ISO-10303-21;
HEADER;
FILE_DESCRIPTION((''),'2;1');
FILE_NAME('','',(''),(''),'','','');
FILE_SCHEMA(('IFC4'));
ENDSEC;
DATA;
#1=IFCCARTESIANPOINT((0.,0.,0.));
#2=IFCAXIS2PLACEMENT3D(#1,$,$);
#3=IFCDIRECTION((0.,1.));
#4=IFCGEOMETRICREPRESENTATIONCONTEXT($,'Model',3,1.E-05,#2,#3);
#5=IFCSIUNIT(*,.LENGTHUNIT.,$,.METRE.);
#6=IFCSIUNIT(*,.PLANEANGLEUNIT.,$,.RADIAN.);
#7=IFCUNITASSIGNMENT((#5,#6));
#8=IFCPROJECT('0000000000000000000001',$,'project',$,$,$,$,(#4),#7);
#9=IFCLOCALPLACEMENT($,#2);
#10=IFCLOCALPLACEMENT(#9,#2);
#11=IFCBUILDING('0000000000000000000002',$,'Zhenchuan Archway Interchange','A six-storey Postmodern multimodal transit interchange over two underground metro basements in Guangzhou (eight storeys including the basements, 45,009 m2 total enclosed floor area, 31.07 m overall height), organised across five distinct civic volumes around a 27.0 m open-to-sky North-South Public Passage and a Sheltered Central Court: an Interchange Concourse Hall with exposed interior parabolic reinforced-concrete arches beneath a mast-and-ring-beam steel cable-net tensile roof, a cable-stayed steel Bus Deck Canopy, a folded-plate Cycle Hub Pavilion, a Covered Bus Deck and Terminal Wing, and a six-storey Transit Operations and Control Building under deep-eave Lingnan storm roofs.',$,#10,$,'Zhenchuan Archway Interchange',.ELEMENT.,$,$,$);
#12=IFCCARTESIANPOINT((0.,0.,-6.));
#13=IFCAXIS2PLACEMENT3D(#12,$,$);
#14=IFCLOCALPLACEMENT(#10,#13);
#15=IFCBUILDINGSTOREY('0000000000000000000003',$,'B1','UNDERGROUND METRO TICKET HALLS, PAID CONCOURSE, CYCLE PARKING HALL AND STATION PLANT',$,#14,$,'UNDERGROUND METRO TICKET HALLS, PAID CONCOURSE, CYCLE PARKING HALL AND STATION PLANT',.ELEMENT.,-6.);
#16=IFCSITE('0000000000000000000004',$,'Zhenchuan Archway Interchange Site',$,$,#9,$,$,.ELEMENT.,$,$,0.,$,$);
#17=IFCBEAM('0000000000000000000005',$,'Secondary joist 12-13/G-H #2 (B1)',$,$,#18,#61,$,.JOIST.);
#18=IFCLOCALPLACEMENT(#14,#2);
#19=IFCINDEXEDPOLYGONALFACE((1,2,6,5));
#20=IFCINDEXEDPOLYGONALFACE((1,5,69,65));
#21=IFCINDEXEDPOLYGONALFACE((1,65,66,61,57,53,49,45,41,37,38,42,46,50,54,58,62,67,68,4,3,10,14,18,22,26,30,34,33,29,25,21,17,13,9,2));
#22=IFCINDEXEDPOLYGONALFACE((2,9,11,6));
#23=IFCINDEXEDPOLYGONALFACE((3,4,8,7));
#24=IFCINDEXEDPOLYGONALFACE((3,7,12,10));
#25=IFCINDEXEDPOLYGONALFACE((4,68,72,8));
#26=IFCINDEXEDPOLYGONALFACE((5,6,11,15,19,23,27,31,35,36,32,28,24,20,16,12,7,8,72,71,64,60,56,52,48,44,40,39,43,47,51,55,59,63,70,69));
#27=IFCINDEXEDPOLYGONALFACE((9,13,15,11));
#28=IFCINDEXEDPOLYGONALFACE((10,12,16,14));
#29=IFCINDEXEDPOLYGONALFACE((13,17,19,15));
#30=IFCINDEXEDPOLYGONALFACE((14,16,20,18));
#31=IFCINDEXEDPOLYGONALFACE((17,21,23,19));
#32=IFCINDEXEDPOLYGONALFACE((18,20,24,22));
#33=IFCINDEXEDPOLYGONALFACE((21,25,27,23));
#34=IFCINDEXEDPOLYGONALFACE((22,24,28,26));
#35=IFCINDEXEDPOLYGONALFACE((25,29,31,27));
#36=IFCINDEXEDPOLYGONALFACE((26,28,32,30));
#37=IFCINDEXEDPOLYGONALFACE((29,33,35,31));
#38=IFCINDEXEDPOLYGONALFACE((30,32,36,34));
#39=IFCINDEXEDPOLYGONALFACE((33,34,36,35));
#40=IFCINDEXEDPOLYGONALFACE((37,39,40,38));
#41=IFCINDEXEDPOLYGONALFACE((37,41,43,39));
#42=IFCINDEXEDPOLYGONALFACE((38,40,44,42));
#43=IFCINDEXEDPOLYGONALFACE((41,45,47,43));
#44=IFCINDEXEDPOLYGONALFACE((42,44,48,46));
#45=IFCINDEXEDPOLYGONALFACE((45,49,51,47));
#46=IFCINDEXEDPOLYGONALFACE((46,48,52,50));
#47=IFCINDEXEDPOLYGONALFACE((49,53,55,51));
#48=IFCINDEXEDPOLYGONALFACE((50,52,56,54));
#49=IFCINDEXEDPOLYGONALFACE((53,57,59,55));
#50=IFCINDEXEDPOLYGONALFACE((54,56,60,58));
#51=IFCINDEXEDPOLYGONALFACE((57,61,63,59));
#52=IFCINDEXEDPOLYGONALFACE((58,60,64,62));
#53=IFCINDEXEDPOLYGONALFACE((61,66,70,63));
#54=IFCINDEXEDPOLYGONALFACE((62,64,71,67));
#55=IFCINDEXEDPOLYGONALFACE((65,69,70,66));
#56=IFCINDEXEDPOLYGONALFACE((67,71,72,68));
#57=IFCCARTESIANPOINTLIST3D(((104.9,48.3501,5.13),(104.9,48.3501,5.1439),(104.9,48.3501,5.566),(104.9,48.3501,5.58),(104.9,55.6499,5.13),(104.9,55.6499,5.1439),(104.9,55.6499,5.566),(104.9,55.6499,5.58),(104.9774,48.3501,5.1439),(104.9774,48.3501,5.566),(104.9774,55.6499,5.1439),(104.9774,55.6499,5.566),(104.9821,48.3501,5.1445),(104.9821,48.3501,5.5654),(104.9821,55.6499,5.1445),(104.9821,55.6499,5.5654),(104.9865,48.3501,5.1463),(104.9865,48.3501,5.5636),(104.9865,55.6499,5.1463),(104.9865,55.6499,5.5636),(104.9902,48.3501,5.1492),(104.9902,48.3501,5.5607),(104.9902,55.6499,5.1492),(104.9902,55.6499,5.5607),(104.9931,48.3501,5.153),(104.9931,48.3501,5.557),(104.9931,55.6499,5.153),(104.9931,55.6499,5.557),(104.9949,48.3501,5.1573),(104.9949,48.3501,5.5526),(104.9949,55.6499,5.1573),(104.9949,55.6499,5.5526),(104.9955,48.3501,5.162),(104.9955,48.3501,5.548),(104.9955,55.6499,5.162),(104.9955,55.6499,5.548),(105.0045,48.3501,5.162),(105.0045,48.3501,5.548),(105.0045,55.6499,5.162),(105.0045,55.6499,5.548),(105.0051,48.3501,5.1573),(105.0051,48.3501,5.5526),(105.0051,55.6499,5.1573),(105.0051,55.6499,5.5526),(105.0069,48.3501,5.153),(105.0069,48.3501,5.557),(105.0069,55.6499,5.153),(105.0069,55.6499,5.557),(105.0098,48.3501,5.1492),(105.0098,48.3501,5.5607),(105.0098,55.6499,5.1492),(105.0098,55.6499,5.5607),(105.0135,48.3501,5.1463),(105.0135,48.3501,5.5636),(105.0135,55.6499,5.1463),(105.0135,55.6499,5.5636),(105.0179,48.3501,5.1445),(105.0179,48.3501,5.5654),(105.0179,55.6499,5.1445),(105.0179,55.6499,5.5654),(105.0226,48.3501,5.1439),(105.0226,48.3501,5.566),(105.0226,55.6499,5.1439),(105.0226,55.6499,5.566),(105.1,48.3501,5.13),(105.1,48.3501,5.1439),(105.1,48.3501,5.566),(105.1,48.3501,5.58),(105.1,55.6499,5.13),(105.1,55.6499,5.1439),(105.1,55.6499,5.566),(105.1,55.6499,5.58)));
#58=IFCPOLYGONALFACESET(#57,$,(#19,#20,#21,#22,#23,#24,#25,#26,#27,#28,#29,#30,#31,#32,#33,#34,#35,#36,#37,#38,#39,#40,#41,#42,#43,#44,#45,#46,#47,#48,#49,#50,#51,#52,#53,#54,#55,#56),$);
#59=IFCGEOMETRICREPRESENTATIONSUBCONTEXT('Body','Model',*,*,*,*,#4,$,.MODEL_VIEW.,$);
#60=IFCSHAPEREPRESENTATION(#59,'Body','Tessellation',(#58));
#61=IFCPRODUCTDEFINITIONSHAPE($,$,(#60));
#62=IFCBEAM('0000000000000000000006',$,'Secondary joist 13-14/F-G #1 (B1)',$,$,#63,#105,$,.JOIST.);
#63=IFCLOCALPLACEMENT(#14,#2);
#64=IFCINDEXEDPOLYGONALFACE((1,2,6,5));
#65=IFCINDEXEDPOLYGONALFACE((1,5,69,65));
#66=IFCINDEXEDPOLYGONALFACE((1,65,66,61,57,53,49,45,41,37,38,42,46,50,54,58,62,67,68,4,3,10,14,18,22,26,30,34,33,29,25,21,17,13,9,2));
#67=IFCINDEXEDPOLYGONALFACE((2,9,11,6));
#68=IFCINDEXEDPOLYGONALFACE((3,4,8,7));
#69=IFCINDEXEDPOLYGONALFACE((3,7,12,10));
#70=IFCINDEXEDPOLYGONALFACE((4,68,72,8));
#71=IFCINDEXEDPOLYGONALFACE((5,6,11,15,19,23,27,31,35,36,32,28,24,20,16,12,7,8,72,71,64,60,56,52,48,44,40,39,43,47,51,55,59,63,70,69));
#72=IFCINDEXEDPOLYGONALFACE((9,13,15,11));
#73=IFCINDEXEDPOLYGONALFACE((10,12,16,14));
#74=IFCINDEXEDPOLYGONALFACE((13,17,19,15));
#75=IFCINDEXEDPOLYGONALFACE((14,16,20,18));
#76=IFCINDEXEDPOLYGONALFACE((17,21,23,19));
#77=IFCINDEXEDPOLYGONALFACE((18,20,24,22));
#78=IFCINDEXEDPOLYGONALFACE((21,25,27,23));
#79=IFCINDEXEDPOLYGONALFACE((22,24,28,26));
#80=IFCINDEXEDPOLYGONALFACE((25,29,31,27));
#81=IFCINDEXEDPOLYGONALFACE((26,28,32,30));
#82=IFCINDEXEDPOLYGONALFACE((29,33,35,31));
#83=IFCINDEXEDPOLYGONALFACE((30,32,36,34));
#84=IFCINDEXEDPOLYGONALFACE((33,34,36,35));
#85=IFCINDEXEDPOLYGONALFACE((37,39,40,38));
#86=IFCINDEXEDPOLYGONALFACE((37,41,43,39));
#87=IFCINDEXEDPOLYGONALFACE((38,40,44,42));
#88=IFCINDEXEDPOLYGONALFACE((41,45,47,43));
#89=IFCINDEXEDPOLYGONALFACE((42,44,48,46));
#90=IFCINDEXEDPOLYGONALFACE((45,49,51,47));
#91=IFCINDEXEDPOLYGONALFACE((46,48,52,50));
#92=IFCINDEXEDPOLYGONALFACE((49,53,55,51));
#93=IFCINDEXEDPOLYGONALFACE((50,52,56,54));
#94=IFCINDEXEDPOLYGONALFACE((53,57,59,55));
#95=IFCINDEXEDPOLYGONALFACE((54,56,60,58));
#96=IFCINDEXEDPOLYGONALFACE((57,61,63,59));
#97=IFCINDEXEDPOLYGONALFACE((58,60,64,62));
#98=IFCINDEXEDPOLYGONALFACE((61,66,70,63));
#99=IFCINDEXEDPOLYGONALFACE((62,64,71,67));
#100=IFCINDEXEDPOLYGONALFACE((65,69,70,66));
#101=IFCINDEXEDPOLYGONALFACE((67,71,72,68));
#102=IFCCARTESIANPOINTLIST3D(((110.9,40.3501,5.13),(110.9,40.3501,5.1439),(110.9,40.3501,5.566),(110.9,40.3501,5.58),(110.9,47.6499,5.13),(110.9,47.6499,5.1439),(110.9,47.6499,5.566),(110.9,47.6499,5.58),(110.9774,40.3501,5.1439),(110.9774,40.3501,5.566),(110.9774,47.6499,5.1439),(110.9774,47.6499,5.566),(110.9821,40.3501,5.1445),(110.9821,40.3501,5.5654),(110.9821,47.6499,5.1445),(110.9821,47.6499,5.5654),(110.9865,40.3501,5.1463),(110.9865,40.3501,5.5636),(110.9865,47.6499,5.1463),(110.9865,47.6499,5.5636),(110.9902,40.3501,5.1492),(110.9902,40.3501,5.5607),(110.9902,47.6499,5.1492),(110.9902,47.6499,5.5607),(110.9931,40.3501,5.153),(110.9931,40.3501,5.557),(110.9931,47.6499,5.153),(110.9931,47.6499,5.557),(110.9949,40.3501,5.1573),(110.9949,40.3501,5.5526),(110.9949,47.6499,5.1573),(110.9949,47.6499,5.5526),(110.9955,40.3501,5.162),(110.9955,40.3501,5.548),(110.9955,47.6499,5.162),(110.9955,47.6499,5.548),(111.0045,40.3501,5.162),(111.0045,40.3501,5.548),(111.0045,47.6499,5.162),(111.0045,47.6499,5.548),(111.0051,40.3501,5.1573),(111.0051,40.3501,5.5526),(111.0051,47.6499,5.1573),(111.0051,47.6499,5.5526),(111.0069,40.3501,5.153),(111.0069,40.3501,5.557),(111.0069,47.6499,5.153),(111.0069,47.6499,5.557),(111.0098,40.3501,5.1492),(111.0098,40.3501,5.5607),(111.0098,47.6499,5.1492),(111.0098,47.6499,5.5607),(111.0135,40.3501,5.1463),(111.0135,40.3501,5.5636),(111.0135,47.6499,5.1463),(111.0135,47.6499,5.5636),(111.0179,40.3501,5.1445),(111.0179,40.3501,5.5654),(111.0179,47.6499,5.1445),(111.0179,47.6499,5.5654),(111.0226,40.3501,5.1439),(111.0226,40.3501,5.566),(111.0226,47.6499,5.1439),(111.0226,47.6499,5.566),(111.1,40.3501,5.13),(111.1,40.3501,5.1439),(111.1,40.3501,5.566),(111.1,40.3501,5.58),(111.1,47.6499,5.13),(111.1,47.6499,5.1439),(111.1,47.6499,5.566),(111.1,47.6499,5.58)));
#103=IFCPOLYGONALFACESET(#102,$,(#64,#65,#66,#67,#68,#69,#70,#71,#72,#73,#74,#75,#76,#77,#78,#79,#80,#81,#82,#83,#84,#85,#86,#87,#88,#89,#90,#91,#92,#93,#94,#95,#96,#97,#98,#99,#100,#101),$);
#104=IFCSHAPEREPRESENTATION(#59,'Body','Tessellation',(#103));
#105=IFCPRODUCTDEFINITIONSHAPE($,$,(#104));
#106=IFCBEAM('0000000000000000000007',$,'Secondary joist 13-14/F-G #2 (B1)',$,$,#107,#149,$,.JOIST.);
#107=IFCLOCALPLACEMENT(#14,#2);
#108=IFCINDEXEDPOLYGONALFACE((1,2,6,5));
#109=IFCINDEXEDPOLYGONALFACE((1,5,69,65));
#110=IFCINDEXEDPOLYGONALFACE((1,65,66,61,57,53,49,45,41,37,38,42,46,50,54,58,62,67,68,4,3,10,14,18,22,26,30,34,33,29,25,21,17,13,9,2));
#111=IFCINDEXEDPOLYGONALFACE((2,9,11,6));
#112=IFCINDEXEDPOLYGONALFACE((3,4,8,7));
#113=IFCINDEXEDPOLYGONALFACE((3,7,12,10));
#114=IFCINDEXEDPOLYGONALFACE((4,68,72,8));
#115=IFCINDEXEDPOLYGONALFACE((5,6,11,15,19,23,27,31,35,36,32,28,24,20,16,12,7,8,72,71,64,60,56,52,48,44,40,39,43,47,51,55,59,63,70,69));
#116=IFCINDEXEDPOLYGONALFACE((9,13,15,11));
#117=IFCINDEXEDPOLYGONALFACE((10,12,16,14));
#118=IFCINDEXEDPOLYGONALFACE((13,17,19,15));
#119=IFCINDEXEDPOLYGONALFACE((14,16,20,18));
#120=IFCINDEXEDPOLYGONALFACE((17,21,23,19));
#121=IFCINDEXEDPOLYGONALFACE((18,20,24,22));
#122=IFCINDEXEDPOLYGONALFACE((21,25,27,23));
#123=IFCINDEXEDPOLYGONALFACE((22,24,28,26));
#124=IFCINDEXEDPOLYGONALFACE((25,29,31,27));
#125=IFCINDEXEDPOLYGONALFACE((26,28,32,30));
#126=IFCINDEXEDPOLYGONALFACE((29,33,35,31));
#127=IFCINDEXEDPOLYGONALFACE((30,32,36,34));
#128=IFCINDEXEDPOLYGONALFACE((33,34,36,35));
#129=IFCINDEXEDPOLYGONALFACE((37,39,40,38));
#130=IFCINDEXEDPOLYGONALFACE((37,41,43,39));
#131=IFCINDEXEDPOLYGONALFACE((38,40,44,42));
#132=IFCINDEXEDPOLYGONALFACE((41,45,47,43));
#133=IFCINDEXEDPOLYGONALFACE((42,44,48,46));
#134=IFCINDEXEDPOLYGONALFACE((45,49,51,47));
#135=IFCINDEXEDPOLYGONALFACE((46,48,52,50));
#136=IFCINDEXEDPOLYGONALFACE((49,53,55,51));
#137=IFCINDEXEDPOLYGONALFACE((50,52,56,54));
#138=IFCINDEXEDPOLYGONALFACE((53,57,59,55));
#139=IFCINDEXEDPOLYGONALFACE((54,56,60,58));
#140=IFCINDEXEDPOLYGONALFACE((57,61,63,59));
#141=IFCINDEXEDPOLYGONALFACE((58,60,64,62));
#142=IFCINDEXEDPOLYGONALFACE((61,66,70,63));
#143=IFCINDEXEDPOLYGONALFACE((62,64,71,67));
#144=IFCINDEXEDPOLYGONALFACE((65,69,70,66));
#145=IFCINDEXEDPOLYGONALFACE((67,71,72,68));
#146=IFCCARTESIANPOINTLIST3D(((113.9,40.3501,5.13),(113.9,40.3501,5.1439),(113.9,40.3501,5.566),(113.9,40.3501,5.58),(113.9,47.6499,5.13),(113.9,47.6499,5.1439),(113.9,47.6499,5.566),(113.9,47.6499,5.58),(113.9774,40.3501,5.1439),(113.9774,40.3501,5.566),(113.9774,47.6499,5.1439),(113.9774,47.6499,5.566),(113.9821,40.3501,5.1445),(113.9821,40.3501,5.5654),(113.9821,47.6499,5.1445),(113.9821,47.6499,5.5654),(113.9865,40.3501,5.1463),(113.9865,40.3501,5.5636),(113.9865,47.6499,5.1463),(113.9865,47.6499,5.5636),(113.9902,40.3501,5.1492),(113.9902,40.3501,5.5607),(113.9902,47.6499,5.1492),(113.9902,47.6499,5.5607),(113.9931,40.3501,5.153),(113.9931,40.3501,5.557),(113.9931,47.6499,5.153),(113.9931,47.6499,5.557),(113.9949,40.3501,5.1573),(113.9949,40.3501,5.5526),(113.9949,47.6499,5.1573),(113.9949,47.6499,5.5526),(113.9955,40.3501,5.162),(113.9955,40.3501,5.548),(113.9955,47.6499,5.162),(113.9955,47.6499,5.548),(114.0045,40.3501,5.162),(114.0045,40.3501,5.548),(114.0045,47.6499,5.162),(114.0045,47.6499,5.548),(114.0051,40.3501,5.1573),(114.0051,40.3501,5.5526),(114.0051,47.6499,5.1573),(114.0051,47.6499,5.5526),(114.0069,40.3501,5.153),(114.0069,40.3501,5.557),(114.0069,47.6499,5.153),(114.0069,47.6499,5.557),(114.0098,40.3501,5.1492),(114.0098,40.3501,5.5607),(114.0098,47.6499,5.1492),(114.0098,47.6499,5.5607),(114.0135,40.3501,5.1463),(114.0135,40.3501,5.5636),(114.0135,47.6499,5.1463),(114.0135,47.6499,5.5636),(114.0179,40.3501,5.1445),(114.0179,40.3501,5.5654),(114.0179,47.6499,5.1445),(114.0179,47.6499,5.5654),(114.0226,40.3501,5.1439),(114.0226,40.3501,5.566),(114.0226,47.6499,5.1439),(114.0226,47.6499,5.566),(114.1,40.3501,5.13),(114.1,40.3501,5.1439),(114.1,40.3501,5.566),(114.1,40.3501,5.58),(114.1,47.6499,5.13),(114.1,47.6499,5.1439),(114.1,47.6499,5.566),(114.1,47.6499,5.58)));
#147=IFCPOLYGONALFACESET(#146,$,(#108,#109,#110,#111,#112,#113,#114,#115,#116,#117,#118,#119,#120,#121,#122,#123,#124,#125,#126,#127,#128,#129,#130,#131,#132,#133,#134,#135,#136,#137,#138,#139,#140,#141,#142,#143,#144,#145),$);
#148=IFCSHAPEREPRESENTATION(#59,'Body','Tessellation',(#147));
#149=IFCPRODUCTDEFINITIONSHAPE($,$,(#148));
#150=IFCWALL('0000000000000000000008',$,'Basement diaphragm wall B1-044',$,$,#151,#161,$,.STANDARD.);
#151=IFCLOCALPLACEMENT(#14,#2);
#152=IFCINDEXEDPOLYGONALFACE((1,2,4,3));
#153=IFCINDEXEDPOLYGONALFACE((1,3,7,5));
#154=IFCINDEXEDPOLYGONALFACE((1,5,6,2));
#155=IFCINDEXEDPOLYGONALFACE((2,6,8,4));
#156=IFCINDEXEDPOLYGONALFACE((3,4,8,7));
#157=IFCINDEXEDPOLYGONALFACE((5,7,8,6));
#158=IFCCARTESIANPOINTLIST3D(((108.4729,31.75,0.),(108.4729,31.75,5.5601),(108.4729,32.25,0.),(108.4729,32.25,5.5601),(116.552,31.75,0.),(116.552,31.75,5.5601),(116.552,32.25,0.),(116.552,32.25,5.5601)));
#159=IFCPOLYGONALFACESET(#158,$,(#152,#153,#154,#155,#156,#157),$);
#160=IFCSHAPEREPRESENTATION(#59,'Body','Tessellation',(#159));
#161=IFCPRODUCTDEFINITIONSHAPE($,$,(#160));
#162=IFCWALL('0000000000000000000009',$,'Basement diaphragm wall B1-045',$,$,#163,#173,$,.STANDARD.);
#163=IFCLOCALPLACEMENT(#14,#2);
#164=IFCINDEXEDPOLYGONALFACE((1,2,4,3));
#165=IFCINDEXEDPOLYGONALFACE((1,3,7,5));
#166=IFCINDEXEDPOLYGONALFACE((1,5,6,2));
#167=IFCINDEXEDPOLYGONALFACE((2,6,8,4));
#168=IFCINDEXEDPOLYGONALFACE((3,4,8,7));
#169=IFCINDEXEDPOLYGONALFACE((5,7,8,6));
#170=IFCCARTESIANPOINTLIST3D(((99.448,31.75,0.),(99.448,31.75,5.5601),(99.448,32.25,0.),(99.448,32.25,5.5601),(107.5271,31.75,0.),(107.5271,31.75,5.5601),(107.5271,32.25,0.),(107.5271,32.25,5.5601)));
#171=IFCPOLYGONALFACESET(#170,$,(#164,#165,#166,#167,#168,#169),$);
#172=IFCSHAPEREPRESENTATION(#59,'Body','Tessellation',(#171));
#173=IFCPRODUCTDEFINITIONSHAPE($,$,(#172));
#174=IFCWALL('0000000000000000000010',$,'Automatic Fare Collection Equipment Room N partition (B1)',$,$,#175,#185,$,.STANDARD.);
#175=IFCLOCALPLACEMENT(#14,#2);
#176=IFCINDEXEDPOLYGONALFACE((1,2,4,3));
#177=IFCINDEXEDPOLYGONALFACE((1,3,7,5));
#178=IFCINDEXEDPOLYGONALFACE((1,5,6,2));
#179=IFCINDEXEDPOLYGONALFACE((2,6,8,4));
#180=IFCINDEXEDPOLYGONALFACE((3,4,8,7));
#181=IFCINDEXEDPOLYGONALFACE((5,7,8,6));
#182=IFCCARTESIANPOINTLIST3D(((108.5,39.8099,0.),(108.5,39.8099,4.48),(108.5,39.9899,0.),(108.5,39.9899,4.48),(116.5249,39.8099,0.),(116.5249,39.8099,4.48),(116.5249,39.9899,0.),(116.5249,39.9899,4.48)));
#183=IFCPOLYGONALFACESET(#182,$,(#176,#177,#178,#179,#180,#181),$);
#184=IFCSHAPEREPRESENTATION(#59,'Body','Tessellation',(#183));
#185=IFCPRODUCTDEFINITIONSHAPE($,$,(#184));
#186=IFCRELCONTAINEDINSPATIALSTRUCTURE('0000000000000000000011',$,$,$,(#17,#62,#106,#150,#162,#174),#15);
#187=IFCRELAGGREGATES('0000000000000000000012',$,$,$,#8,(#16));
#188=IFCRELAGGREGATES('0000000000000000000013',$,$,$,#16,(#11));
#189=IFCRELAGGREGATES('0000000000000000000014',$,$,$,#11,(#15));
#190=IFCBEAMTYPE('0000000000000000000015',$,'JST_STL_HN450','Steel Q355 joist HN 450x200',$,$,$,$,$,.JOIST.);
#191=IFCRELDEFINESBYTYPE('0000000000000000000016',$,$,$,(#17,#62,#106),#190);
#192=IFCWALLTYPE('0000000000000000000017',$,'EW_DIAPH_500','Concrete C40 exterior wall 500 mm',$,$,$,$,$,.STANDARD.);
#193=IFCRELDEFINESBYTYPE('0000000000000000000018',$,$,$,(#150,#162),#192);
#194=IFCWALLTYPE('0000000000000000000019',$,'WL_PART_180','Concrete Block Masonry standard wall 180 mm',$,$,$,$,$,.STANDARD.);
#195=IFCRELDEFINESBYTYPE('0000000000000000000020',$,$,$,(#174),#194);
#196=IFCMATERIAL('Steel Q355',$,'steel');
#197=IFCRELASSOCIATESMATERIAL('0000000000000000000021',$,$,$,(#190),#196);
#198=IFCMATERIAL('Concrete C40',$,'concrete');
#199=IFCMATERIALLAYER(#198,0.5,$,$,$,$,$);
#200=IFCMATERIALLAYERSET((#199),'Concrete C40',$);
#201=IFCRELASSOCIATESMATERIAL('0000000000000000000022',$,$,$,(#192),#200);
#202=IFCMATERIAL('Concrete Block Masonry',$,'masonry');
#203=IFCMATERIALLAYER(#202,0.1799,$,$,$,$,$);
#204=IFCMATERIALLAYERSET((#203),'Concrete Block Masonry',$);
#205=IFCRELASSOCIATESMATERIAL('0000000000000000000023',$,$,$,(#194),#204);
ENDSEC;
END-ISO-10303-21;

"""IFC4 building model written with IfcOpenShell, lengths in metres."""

from ifc_helpers import new_model, si_unit, direction, frame, frame_2d, origin, origin_2d, place, context, subcontext, project, spatial, rectangle, i_section, extrude, material, layer, layer_set, material_profile, profile_set, type_object, element, save


model = new_model("IFC4")

# Units and contexts
model_context = context("Model", 3, precision=1e-05, world=origin(), true_north=direction((0.0, 1.0)))
body_context = subcontext(model_context, "Body", "Model", "MODEL_VIEW")
ifc_project = project(units=[si_unit("LENGTHUNIT", "METRE"), si_unit("PLANEANGLEUNIT", "RADIAN")], contexts=[model_context])

# Site, building, storey
site_placement = place(None, origin())
site = spatial("IfcSite", under=ifc_project, at=site_placement, Name="Zhenchuan Archway Interchange Site", CompositionType="ELEMENT", RefElevation=0.0)
building_placement = place(site_placement, origin())
building = spatial("IfcBuilding", under=site, at=building_placement, Name="Zhenchuan Archway Interchange", Description="A six-storey Postmodern multimodal transit interchange over two underground metro basements in Guangzhou (eight storeys including the basements, 45,009 m2 total enclosed floor area, 31.07 m overall height), organised across five distinct civic volumes around a 27.0 m open-to-sky North-South Public Passage and a Sheltered Central Court: an Interchange Concourse Hall with exposed interior parabolic reinforced-concrete arches beneath a mast-and-ring-beam steel cable-net tensile roof, a cable-stayed steel Bus Deck Canopy, a folded-plate Cycle Hub Pavilion, a Covered Bus Deck and Terminal Wing, and a six-storey Transit Operations and Control Building under deep-eave Lingnan storm roofs.", LongName="Zhenchuan Archway Interchange", CompositionType="ELEMENT")
storey_placement = place(building_placement, frame((0.0, 0.0, -6.0)))
storey = spatial("IfcBuildingStorey", under=building, at=storey_placement, Name="B1", Description="UNDERGROUND METRO TICKET HALLS, PAID CONCOURSE, CYCLE PARKING HALL AND STATION PLANT", LongName="UNDERGROUND METRO TICKET HALLS, PAID CONCOURSE, CYCLE PARKING HALL AND STATION PLANT", CompositionType="ELEMENT", Elevation=-6.0)

# Beams
ifc_material_1 = material(Name="Concrete C40", Category="concrete")
ifc_material_2 = material(Name="Steel Q355", Category="steel")
ifc_material_profile_1 = material_profile(ifc_material_2, i_section(OverallWidth=0.2, OverallDepth=0.45, WebThickness=0.009, FlangeThickness=0.0139, FilletRadius=0.0181, at=origin_2d()), Name="HN 450x200")
ifc_profile_set_1 = profile_set([ifc_material_profile_1], Name="Steel Q355")
beam_type_1 = type_object("IfcBeamType", Name="JST_STL_HN450", Description="Steel Q355 joist HN 450x200", PredefinedType="JOIST", material=ifc_profile_set_1)
for number, where, z_axis, x_axis, name in (
    (1, (105.0, 48.3501, 5.355), (0.0, 1.0, 0.0), (-1.0, 0.0, 0.0), "Secondary joist 12-13/G-H #2 (B1)"),
    (2, (111.0, 40.3501, 5.355), (0.0, 1.0, 0.0), (-1.0, 0.0, 0.0), "Secondary joist 13-14/F-G #1 (B1)"),
    (3, (114.0, 40.3501, 5.355), (0.0, 1.0, 0.0), (-1.0, 0.0, 0.0), "Secondary joist 13-14/F-G #2 (B1)"),
):
    element("IfcBeam", number, at=place(storey_placement, frame(where, z_axis=z_axis, x_axis=x_axis)), inside=storey, type_object=beam_type_1, Name=name, PredefinedType="JOIST", context=body_context, shape_type="SweptSolid", body=[
        extrude(i_section(OverallWidth=0.2, OverallDepth=0.45, WebThickness=0.009, FlangeThickness=0.0139, FilletRadius=0.0181, at=origin_2d()), origin(), (0.0, 0.0, 1.0), 7.2998),
    ])

# Walls
ifc_layer_1 = layer(ifc_material_1, 0.5)
ifc_layer_set_1 = layer_set([ifc_layer_1], Name="Concrete C40")
wall_type_1 = type_object("IfcWallType", Name="EW_DIAPH_500", Description="Concrete C40 exterior wall 500 mm", PredefinedType="STANDARD", material=ifc_layer_set_1)
for number, where, z_axis, x_axis, name in (
    (4, (116.552, 32.0, 0.0), (0.0, 0.0, 1.0), (-1.0, 0.0, 0.0), "Basement diaphragm wall B1-044"),
    (5, (107.5271, 32.0, 0.0), (0.0, 0.0, 1.0), (-1.0, 0.0, 0.0), "Basement diaphragm wall B1-045"),
):
    element("IfcWall", number, at=place(storey_placement, frame(where, z_axis=z_axis, x_axis=x_axis)), inside=storey, type_object=wall_type_1, Name=name, PredefinedType="STANDARD", context=body_context, shape_type="SweptSolid", body=[
        extrude(rectangle(XDim=8.0791, YDim=0.5, at=frame_2d((4.0396, 0.0))), origin(), (0.0, 0.0, 1.0), 5.5601),
    ])
ifc_material_3 = material(Name="Concrete Block Masonry", Category="masonry")
ifc_layer_2 = layer(ifc_material_3, 0.1799)
ifc_layer_set_2 = layer_set([ifc_layer_2], Name="Concrete Block Masonry")
wall_type_2 = type_object("IfcWallType", Name="WL_PART_180", Description="Concrete Block Masonry standard wall 180 mm", PredefinedType="STANDARD", material=ifc_layer_set_2)
wall_placement = place(storey_placement, frame((108.5, 39.8999, 0.0), z_axis=(0.0, 0.0, 1.0), x_axis=(1.0, 0.0, 0.0)))
element("IfcWall", 6, at=wall_placement, inside=storey, type_object=wall_type_2, Name="Automatic Fare Collection Equipment Room N partition (B1)", PredefinedType="STANDARD", context=body_context, shape_type="SweptSolid", body=[
    extrude(rectangle(XDim=8.0249, YDim=0.1799, at=frame_2d((4.0125, 0.0))), origin(), (0.0, 0.0, 1.0), 4.48),
])

save(model, "model.ifc")
